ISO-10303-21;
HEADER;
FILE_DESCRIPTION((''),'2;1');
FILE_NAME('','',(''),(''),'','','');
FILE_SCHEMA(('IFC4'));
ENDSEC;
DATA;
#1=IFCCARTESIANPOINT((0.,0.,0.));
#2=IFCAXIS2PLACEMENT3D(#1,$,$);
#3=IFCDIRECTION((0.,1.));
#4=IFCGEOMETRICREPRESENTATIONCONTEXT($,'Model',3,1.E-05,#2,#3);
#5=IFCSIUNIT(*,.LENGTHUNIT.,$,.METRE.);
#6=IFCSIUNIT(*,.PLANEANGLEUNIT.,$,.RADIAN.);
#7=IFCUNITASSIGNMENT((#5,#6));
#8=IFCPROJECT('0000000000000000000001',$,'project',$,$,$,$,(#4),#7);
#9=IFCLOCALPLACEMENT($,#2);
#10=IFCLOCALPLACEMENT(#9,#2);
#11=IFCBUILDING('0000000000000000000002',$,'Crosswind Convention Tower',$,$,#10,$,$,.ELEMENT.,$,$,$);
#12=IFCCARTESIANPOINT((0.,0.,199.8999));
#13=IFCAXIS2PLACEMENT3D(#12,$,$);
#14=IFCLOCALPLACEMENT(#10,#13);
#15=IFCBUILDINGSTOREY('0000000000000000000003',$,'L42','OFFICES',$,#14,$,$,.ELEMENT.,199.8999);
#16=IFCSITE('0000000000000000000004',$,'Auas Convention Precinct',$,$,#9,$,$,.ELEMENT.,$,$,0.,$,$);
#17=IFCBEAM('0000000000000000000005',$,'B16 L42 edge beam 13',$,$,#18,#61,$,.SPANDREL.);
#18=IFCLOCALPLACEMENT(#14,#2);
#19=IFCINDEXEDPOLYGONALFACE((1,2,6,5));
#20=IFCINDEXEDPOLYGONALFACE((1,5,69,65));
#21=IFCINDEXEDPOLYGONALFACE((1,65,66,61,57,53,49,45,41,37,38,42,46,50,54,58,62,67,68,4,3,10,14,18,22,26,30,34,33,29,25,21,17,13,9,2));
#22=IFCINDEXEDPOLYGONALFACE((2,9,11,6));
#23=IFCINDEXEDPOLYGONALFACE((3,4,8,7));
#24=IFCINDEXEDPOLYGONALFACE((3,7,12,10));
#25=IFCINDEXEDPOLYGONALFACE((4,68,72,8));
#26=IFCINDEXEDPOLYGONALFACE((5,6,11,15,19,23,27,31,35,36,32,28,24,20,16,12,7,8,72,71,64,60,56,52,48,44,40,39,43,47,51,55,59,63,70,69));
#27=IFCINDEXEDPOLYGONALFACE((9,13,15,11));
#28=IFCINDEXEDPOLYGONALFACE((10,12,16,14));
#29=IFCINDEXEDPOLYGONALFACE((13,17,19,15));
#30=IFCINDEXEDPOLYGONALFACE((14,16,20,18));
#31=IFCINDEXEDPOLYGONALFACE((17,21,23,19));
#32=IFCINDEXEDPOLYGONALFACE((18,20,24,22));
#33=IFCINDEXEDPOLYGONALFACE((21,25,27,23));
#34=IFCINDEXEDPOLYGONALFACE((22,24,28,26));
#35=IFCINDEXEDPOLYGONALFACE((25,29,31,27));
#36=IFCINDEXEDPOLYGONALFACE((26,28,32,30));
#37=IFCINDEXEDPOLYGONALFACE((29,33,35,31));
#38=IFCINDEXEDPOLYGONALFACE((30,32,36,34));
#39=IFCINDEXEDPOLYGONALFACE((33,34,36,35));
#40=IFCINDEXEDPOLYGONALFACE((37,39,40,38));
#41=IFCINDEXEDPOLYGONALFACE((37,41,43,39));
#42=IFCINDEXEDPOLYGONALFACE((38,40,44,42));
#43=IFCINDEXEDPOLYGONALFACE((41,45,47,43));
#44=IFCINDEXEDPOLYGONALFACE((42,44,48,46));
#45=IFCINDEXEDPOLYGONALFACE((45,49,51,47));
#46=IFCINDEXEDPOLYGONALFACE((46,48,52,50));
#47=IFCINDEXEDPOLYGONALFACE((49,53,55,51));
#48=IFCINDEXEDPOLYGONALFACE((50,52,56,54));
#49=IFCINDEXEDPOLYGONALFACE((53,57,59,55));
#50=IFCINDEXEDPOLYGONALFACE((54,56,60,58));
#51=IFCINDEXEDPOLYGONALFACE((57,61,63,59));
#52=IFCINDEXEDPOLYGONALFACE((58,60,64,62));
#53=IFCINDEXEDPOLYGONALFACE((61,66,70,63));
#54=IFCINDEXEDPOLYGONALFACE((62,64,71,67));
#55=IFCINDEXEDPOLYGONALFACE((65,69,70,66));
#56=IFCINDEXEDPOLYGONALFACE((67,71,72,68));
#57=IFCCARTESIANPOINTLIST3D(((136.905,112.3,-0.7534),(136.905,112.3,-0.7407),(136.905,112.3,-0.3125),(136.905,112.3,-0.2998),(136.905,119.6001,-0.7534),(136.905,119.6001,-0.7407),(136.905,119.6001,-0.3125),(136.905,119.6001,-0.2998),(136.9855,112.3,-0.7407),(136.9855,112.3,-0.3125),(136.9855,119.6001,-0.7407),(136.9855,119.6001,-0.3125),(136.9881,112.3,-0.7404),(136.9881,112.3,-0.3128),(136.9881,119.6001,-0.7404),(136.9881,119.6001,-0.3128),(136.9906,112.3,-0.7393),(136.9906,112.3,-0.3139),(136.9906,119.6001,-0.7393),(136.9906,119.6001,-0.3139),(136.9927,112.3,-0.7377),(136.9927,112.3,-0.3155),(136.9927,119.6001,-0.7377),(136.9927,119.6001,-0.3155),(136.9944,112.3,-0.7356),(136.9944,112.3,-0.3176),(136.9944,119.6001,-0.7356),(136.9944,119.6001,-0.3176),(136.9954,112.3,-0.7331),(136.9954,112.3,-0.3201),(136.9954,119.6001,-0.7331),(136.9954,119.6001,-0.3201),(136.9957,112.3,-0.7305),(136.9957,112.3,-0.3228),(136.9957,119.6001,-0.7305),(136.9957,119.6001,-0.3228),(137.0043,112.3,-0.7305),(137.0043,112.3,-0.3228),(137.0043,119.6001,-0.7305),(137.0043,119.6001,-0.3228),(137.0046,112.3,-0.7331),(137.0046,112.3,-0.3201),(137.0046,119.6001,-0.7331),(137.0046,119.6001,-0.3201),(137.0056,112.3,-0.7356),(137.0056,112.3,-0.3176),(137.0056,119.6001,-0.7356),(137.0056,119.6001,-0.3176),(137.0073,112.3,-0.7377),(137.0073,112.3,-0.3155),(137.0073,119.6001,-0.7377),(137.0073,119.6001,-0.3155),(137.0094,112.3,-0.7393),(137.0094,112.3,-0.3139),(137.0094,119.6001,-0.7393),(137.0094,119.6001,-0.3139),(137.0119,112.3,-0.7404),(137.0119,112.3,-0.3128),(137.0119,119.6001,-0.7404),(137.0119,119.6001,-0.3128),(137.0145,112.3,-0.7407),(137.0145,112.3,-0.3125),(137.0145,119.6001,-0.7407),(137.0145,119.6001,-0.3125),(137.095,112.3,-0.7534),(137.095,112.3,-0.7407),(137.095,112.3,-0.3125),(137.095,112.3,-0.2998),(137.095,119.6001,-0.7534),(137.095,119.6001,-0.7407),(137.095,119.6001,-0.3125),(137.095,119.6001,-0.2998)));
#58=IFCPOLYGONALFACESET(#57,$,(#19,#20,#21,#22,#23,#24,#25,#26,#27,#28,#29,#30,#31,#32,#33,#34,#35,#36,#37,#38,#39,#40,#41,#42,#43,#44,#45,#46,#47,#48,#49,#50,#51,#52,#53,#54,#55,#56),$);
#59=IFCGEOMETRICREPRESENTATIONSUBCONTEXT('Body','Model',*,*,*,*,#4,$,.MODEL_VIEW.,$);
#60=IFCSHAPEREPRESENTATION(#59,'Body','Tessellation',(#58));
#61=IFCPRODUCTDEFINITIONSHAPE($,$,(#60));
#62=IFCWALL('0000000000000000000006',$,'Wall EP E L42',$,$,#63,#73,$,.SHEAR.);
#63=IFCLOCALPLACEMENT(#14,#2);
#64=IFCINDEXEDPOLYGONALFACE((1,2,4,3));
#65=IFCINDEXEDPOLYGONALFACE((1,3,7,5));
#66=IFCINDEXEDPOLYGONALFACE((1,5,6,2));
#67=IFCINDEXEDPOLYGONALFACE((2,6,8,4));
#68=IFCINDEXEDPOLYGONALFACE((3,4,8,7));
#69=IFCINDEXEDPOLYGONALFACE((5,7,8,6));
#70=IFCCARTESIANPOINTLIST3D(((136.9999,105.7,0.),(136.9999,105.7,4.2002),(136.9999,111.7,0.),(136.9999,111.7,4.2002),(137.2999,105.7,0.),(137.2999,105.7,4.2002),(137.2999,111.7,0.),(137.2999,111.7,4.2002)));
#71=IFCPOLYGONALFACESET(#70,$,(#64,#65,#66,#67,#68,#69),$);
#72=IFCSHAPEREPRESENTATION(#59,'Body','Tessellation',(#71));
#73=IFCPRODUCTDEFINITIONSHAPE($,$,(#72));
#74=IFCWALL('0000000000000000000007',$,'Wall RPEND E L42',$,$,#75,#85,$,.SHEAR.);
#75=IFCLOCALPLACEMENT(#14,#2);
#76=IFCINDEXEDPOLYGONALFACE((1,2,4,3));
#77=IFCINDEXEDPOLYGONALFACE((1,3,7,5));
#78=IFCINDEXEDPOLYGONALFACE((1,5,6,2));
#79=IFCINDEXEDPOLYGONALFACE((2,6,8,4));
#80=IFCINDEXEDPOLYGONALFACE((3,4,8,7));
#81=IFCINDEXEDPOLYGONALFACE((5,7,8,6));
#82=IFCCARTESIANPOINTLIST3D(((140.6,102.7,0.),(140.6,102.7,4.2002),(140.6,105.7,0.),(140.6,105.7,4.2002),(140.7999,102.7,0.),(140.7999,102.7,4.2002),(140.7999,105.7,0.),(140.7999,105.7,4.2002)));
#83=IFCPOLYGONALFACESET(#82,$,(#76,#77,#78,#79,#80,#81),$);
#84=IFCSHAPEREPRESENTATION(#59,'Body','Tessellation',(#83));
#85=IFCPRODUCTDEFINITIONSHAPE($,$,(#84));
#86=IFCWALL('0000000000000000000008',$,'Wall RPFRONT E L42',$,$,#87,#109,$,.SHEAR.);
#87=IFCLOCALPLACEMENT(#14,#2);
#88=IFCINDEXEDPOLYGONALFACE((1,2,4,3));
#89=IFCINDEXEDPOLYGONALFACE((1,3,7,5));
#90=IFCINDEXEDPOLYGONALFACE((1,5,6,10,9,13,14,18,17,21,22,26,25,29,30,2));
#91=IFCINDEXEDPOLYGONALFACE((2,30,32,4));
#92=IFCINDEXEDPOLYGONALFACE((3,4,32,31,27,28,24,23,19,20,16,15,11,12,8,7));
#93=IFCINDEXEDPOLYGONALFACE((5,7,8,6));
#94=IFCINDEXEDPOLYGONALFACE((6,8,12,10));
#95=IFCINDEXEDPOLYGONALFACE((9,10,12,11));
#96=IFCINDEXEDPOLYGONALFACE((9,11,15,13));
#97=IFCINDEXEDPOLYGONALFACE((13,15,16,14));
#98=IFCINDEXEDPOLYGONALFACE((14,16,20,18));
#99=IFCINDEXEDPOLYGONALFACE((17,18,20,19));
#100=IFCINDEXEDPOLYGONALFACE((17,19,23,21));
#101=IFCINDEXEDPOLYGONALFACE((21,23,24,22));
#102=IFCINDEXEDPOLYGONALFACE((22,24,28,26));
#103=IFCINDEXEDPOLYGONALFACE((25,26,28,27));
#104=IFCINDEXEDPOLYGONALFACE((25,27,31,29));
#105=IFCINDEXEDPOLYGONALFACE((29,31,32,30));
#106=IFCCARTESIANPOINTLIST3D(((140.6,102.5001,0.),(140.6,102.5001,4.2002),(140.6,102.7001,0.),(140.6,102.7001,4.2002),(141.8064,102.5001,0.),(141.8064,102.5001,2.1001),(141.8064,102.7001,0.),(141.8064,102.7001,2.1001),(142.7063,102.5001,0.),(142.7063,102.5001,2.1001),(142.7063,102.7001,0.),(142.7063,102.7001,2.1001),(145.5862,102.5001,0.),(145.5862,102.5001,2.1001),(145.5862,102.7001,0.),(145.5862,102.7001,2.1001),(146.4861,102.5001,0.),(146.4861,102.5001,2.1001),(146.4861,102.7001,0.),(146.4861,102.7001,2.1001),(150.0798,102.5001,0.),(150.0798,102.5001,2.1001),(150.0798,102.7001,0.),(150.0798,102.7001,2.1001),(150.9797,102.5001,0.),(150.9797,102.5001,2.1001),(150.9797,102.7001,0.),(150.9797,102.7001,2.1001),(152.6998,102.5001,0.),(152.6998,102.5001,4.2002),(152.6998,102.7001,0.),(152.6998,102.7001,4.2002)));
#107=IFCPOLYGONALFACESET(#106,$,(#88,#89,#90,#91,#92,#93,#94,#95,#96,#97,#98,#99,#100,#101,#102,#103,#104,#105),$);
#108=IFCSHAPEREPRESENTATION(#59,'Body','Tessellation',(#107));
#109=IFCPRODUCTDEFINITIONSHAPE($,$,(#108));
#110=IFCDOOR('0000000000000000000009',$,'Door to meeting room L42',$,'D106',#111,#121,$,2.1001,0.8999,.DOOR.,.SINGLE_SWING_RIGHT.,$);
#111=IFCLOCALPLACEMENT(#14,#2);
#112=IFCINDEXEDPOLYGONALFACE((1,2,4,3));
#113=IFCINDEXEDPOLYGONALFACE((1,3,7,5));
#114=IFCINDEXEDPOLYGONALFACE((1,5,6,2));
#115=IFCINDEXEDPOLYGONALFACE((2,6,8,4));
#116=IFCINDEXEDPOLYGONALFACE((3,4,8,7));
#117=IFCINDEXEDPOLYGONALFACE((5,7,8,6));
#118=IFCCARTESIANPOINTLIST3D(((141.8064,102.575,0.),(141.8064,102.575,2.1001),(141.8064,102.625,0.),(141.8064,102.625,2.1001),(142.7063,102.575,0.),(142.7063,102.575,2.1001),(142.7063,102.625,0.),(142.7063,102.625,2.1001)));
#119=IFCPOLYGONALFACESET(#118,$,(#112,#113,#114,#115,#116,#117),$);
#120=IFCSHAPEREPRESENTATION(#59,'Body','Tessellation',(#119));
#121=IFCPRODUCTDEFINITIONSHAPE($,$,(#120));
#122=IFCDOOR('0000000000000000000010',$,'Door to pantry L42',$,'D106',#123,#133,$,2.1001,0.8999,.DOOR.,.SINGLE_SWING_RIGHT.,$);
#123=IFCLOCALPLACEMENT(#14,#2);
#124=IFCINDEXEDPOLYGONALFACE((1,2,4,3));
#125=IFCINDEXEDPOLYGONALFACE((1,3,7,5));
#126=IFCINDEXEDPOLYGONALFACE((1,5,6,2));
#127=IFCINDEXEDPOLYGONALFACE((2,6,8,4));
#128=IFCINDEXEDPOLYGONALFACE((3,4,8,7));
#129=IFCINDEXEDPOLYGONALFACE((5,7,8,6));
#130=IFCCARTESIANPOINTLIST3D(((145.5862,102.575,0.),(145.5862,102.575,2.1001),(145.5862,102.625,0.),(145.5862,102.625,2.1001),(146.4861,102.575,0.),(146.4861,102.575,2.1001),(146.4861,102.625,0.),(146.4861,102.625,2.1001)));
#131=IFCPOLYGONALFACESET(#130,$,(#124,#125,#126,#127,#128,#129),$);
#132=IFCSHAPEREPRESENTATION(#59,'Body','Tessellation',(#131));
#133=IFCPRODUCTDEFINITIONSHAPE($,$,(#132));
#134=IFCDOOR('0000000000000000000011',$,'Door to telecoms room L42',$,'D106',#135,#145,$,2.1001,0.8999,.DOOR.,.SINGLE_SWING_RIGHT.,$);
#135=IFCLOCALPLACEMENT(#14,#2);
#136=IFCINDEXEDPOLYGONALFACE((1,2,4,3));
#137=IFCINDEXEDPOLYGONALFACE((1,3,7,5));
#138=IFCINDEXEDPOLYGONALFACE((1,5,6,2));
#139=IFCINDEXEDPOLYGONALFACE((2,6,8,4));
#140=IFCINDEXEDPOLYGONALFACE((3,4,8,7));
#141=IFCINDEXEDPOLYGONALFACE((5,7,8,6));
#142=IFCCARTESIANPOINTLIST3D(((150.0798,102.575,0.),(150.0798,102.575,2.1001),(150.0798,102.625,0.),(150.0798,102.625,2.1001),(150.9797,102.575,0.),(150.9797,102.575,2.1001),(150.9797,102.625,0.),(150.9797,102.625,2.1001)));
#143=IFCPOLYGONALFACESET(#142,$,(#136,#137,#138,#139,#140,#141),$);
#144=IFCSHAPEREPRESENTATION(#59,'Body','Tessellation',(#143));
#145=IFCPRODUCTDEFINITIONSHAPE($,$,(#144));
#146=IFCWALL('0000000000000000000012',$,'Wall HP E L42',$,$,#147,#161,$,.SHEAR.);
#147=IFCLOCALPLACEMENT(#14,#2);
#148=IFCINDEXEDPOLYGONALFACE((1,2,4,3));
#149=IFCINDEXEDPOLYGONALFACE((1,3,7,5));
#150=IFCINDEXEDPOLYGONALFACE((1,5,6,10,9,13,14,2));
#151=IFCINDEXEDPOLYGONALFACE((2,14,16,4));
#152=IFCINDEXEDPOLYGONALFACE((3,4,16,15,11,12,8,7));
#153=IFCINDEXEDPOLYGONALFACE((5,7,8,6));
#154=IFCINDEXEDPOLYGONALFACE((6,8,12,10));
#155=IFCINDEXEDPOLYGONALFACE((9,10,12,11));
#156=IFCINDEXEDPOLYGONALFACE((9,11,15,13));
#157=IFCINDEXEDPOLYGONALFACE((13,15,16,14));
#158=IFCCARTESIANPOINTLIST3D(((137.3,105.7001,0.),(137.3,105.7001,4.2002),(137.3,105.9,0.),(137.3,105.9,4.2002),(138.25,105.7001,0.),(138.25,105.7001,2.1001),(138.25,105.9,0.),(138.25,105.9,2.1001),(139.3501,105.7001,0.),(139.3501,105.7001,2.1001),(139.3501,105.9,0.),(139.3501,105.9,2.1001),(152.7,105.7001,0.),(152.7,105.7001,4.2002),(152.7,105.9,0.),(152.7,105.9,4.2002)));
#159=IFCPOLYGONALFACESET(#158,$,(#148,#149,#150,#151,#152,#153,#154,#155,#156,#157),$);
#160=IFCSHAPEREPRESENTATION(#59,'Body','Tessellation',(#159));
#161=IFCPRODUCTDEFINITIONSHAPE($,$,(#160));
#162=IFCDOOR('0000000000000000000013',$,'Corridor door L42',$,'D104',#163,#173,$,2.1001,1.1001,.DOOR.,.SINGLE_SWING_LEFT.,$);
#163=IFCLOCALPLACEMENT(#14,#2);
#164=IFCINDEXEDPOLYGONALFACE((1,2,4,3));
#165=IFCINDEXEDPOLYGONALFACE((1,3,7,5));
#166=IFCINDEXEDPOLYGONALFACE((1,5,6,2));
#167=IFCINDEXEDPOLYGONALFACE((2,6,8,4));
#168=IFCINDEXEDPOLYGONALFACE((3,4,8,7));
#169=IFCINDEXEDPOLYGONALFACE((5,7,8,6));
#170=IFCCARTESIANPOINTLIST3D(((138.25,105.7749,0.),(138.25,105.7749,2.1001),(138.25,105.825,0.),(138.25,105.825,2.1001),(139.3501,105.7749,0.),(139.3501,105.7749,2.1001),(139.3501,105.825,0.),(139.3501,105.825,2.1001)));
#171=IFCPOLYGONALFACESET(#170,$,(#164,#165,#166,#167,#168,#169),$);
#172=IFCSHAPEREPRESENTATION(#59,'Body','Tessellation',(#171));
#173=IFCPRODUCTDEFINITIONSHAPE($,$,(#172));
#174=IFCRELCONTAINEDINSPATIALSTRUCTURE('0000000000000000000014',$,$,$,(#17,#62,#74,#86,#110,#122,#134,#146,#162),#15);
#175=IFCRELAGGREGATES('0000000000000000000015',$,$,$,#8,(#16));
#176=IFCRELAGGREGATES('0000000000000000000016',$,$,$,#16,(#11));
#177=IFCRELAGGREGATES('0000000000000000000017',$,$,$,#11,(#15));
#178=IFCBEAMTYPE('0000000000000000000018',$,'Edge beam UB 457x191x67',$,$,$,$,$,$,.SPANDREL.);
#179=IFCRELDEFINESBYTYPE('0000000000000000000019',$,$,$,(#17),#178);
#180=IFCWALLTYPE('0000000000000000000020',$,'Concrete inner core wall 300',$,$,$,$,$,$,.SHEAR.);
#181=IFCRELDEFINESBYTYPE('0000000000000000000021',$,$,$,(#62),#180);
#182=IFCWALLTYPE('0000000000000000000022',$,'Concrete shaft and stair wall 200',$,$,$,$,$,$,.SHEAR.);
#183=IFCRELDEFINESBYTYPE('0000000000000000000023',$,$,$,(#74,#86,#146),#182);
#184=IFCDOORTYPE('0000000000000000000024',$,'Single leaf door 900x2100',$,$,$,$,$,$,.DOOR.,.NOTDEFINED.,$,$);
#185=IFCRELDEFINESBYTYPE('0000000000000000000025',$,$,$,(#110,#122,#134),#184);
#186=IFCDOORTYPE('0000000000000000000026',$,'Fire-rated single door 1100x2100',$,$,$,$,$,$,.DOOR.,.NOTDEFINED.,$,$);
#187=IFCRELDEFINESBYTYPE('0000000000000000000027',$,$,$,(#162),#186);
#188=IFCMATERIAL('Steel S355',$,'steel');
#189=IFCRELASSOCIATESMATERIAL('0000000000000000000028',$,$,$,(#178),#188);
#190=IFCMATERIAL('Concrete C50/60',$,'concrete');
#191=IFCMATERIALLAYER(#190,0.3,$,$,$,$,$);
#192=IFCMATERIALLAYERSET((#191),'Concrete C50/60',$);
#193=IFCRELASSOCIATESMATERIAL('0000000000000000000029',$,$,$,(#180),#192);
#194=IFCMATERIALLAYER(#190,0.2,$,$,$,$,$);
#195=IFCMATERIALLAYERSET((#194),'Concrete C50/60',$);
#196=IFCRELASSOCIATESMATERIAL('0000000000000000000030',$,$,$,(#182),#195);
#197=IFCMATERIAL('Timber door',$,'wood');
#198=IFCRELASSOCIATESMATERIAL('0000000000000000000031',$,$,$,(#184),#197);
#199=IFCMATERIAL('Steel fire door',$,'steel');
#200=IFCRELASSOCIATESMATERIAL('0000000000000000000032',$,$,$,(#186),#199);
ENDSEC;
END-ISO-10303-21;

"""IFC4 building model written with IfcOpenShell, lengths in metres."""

from ifc_helpers import new_model, si_unit, direction, frame, frame_2d, origin, origin_2d, place, context, subcontext, project, spatial, rectangle, i_section, extrude, material, layer, layer_set, material_profile, profile_set, type_object, element, fill, save


model = new_model("IFC4")

# Units and contexts
model_context = context("Model", 3, precision=1e-05, world=origin(), true_north=direction((0.0, 1.0)))
body_context = subcontext(model_context, "Body", "Model", "MODEL_VIEW")
ifc_project = project(units=[si_unit("LENGTHUNIT", "METRE"), si_unit("PLANEANGLEUNIT", "RADIAN")], contexts=[model_context])

# Site, building, storey
site_placement = place(None, origin())
site = spatial("IfcSite", under=ifc_project, at=site_placement, Name="Auas Convention Precinct", CompositionType="ELEMENT", RefElevation=0.0)
building_placement = place(site_placement, origin())
building = spatial("IfcBuilding", under=site, at=building_placement, Name="Crosswind Convention Tower", CompositionType="ELEMENT")
storey_placement = place(building_placement, frame((0.0, 0.0, 199.8999)))
storey = spatial("IfcBuildingStorey", under=building, at=storey_placement, Name="L42", Description="OFFICES", CompositionType="ELEMENT", Elevation=199.8999)

# Beam
ifc_material_1 = material(Name="Steel S355", Category="steel")
ifc_material_profile = material_profile(ifc_material_1, i_section(OverallWidth=0.1899, OverallDepth=0.4536, WebThickness=0.0085, FlangeThickness=0.0127, FilletRadius=0.0103, at=origin_2d()), Name="UB 457x191x67")
ifc_profile_set = profile_set([ifc_material_profile], Name="Steel S355")
beam_type = type_object("IfcBeamType", Name="Edge beam UB 457x191x67", PredefinedType="SPANDREL", material=ifc_profile_set)
beam_placement = place(storey_placement, frame((137.0, 112.3, -0.5266), z_axis=(0.0, 1.0, 0.0), x_axis=(-1.0, 0.0, 0.0)))
element("IfcBeam", 1, at=beam_placement, inside=storey, type_object=beam_type, Name="B16 L42 edge beam 13", PredefinedType="SPANDREL", context=body_context, shape_type="SweptSolid", body=[
    extrude(i_section(OverallWidth=0.1899, OverallDepth=0.4536, WebThickness=0.0085, FlangeThickness=0.0127, FilletRadius=0.0103, at=origin_2d()), origin(), (0.0, 0.0, 1.0), 7.3),
])

# Walls
ifc_material_2 = material(Name="Concrete C50/60", Category="concrete")
ifc_layer_1 = layer(ifc_material_2, 0.3)
ifc_layer_set_1 = layer_set([ifc_layer_1], Name="Concrete C50/60")
wall_type_1 = type_object("IfcWallType", Name="Concrete inner core wall 300", PredefinedType="SHEAR", material=ifc_layer_set_1)
wall_1_placement = place(storey_placement, frame((137.1499, 105.7, 0.0), z_axis=(0.0, 0.0, 1.0), x_axis=(0.0, 1.0, 0.0)))
element("IfcWall", 2, at=wall_1_placement, inside=storey, type_object=wall_type_1, Name="Wall EP E L42", PredefinedType="SHEAR", context=body_context, shape_type="SweptSolid", body=[
    extrude(rectangle(XDim=6.0, YDim=0.3, at=frame_2d((3.0, 0.0))), origin(), (0.0, 0.0, 1.0), 4.2002),
])
ifc_layer_2 = layer(ifc_material_2, 0.2)
ifc_layer_set_2 = layer_set([ifc_layer_2], Name="Concrete C50/60")
wall_type_2 = type_object("IfcWallType", Name="Concrete shaft and stair wall 200", PredefinedType="SHEAR", material=ifc_layer_set_2)
wall_2_placement = place(storey_placement, frame((140.7, 102.7, 0.0), z_axis=(0.0, 0.0, 1.0), x_axis=(0.0, 1.0, 0.0)))
element("IfcWall", 3, at=wall_2_placement, inside=storey, type_object=wall_type_2, Name="Wall RPEND E L42", PredefinedType="SHEAR", context=body_context, shape_type="SweptSolid", body=[
    extrude(rectangle(XDim=3.0, YDim=0.2, at=frame_2d((1.5, 0.0))), origin(), (0.0, 0.0, 1.0), 4.2002),
])

# Wall, openings, doors
wall_3_placement = place(storey_placement, frame((140.6001, 102.6001, 0.0), z_axis=(0.0, 0.0, 1.0), x_axis=(1.0, 0.0, 0.0)))
wall_3 = element("IfcWall", 4, at=wall_3_placement, inside=storey, type_object=wall_type_2, Name="Wall RPFRONT E L42", PredefinedType="SHEAR", context=body_context, shape_type="SweptSolid", body=[
    extrude(rectangle(XDim=12.0999, YDim=0.2, at=frame_2d((6.0498, 0.0))), origin(), (0.0, 0.0, 1.0), 4.2002),
])
opening_1_placement = place(wall_3_placement, frame((1.2063, 0.0, 0.0)))
opening_1 = element("IfcOpeningElement", 5, at=opening_1_placement, cuts=wall_3, PredefinedType="OPENING", context=body_context, shape_type="SweptSolid", body=[
    extrude(rectangle(XDim=0.8999, YDim=2.1001, at=frame_2d((0.45, 1.05))), frame((0.0, 0.1099, 0.0), z_axis=(0.0, -1.0, 0.0), x_axis=(1.0, 0.0, 0.0)), (0.0, 0.0, 1.0), 0.22),
])
opening_2_placement = place(wall_3_placement, frame((4.9861, 0.0, 0.0)))
opening_2 = element("IfcOpeningElement", 6, at=opening_2_placement, cuts=wall_3, PredefinedType="OPENING", context=body_context, shape_type="SweptSolid", body=[
    extrude(rectangle(XDim=0.8999, YDim=2.1001, at=frame_2d((0.45, 1.05))), frame((0.0, 0.1099, 0.0), z_axis=(0.0, -1.0, 0.0), x_axis=(1.0, 0.0, 0.0)), (0.0, 0.0, 1.0), 0.22),
])
opening_3_placement = place(wall_3_placement, frame((9.4797, 0.0, 0.0)))
opening_3 = element("IfcOpeningElement", 7, at=opening_3_placement, cuts=wall_3, PredefinedType="OPENING", context=body_context, shape_type="SweptSolid", body=[
    extrude(rectangle(XDim=0.8999, YDim=2.1001, at=frame_2d((0.45, 1.05))), frame((0.0, 0.1099, 0.0), z_axis=(0.0, -1.0, 0.0), x_axis=(1.0, 0.0, 0.0)), (0.0, 0.0, 1.0), 0.22),
])
ifc_material_3 = material(Name="Timber door", Category="wood")
door_type_1 = type_object("IfcDoorType", Name="Single leaf door 900x2100", OperationType="NOTDEFINED", PredefinedType="DOOR", material=ifc_material_3)
door_1_placement = place(opening_1_placement, origin())
door_1 = element("IfcDoor", 8, at=door_1_placement, inside=storey, type_object=door_type_1, Name="Door to meeting room L42", ObjectType="D106", OperationType="SINGLE_SWING_RIGHT", OverallHeight=2.1001, OverallWidth=0.8999, PredefinedType="DOOR", context=body_context, shape_type="SweptSolid", body=[
    extrude(rectangle(XDim=0.8999, YDim=2.1001, at=frame_2d((0.45, 1.05))), frame((0.0, 0.0249, 0.0), z_axis=(0.0, -1.0, 0.0), x_axis=(1.0, 0.0, 0.0)), (0.0, 0.0, 1.0), 0.05),
])
fill(opening_1, door_1)
door_2_placement = place(opening_2_placement, origin())
door_2 = element("IfcDoor", 9, at=door_2_placement, inside=storey, type_object=door_type_1, Name="Door to pantry L42", ObjectType="D106", OperationType="SINGLE_SWING_RIGHT", OverallHeight=2.1001, OverallWidth=0.8999, PredefinedType="DOOR", context=body_context, shape_type="SweptSolid", body=[
    extrude(rectangle(XDim=0.8999, YDim=2.1001, at=frame_2d((0.45, 1.05))), frame((0.0, 0.0249, 0.0), z_axis=(0.0, -1.0, 0.0), x_axis=(1.0, 0.0, 0.0)), (0.0, 0.0, 1.0), 0.05),
])
fill(opening_2, door_2)
door_3_placement = place(opening_3_placement, origin())
door_3 = element("IfcDoor", 10, at=door_3_placement, inside=storey, type_object=door_type_1, Name="Door to telecoms room L42", ObjectType="D106", OperationType="SINGLE_SWING_RIGHT", OverallHeight=2.1001, OverallWidth=0.8999, PredefinedType="DOOR", context=body_context, shape_type="SweptSolid", body=[
    extrude(rectangle(XDim=0.8999, YDim=2.1001, at=frame_2d((0.45, 1.05))), frame((0.0, 0.0249, 0.0), z_axis=(0.0, -1.0, 0.0), x_axis=(1.0, 0.0, 0.0)), (0.0, 0.0, 1.0), 0.05),
])
fill(opening_3, door_3)

# Wall, opening, door
wall_4_placement = place(storey_placement, frame((137.3, 105.8, 0.0), z_axis=(0.0, 0.0, 1.0), x_axis=(1.0, 0.0, 0.0)))
wall_4 = element("IfcWall", 11, at=wall_4_placement, inside=storey, type_object=wall_type_2, Name="Wall HP E L42", PredefinedType="SHEAR", context=body_context, shape_type="SweptSolid", body=[
    extrude(rectangle(XDim=15.3999, YDim=0.2, at=frame_2d((7.7, 0.0))), origin(), (0.0, 0.0, 1.0), 4.2002),
])
opening_4_placement = place(wall_4_placement, frame((0.95, 0.0, 0.0)))
opening_4 = element("IfcOpeningElement", 12, at=opening_4_placement, cuts=wall_4, PredefinedType="OPENING", context=body_context, shape_type="SweptSolid", body=[
    extrude(rectangle(XDim=1.1001, YDim=2.1001, at=frame_2d((0.55, 1.05))), frame((0.0, 0.1099, 0.0), z_axis=(0.0, -1.0, 0.0), x_axis=(1.0, 0.0, 0.0)), (0.0, 0.0, 1.0), 0.22),
])
ifc_material_4 = material(Name="Steel fire door", Category="steel")
door_type_2 = type_object("IfcDoorType", Name="Fire-rated single door 1100x2100", OperationType="NOTDEFINED", PredefinedType="DOOR", material=ifc_material_4)
door_4_placement = place(opening_4_placement, origin())
door_4 = element("IfcDoor", 13, at=door_4_placement, inside=storey, type_object=door_type_2, Name="Corridor door L42", ObjectType="D104", OperationType="SINGLE_SWING_LEFT", OverallHeight=2.1001, OverallWidth=1.1001, PredefinedType="DOOR", context=body_context, shape_type="SweptSolid", body=[
    extrude(rectangle(XDim=1.1001, YDim=2.1001, at=frame_2d((0.55, 1.05))), frame((0.0, 0.0249, 0.0), z_axis=(0.0, -1.0, 0.0), x_axis=(1.0, 0.0, 0.0)), (0.0, 0.0, 1.0), 0.05),
])
fill(opening_4, door_4)

save(model, "model.ifc")
